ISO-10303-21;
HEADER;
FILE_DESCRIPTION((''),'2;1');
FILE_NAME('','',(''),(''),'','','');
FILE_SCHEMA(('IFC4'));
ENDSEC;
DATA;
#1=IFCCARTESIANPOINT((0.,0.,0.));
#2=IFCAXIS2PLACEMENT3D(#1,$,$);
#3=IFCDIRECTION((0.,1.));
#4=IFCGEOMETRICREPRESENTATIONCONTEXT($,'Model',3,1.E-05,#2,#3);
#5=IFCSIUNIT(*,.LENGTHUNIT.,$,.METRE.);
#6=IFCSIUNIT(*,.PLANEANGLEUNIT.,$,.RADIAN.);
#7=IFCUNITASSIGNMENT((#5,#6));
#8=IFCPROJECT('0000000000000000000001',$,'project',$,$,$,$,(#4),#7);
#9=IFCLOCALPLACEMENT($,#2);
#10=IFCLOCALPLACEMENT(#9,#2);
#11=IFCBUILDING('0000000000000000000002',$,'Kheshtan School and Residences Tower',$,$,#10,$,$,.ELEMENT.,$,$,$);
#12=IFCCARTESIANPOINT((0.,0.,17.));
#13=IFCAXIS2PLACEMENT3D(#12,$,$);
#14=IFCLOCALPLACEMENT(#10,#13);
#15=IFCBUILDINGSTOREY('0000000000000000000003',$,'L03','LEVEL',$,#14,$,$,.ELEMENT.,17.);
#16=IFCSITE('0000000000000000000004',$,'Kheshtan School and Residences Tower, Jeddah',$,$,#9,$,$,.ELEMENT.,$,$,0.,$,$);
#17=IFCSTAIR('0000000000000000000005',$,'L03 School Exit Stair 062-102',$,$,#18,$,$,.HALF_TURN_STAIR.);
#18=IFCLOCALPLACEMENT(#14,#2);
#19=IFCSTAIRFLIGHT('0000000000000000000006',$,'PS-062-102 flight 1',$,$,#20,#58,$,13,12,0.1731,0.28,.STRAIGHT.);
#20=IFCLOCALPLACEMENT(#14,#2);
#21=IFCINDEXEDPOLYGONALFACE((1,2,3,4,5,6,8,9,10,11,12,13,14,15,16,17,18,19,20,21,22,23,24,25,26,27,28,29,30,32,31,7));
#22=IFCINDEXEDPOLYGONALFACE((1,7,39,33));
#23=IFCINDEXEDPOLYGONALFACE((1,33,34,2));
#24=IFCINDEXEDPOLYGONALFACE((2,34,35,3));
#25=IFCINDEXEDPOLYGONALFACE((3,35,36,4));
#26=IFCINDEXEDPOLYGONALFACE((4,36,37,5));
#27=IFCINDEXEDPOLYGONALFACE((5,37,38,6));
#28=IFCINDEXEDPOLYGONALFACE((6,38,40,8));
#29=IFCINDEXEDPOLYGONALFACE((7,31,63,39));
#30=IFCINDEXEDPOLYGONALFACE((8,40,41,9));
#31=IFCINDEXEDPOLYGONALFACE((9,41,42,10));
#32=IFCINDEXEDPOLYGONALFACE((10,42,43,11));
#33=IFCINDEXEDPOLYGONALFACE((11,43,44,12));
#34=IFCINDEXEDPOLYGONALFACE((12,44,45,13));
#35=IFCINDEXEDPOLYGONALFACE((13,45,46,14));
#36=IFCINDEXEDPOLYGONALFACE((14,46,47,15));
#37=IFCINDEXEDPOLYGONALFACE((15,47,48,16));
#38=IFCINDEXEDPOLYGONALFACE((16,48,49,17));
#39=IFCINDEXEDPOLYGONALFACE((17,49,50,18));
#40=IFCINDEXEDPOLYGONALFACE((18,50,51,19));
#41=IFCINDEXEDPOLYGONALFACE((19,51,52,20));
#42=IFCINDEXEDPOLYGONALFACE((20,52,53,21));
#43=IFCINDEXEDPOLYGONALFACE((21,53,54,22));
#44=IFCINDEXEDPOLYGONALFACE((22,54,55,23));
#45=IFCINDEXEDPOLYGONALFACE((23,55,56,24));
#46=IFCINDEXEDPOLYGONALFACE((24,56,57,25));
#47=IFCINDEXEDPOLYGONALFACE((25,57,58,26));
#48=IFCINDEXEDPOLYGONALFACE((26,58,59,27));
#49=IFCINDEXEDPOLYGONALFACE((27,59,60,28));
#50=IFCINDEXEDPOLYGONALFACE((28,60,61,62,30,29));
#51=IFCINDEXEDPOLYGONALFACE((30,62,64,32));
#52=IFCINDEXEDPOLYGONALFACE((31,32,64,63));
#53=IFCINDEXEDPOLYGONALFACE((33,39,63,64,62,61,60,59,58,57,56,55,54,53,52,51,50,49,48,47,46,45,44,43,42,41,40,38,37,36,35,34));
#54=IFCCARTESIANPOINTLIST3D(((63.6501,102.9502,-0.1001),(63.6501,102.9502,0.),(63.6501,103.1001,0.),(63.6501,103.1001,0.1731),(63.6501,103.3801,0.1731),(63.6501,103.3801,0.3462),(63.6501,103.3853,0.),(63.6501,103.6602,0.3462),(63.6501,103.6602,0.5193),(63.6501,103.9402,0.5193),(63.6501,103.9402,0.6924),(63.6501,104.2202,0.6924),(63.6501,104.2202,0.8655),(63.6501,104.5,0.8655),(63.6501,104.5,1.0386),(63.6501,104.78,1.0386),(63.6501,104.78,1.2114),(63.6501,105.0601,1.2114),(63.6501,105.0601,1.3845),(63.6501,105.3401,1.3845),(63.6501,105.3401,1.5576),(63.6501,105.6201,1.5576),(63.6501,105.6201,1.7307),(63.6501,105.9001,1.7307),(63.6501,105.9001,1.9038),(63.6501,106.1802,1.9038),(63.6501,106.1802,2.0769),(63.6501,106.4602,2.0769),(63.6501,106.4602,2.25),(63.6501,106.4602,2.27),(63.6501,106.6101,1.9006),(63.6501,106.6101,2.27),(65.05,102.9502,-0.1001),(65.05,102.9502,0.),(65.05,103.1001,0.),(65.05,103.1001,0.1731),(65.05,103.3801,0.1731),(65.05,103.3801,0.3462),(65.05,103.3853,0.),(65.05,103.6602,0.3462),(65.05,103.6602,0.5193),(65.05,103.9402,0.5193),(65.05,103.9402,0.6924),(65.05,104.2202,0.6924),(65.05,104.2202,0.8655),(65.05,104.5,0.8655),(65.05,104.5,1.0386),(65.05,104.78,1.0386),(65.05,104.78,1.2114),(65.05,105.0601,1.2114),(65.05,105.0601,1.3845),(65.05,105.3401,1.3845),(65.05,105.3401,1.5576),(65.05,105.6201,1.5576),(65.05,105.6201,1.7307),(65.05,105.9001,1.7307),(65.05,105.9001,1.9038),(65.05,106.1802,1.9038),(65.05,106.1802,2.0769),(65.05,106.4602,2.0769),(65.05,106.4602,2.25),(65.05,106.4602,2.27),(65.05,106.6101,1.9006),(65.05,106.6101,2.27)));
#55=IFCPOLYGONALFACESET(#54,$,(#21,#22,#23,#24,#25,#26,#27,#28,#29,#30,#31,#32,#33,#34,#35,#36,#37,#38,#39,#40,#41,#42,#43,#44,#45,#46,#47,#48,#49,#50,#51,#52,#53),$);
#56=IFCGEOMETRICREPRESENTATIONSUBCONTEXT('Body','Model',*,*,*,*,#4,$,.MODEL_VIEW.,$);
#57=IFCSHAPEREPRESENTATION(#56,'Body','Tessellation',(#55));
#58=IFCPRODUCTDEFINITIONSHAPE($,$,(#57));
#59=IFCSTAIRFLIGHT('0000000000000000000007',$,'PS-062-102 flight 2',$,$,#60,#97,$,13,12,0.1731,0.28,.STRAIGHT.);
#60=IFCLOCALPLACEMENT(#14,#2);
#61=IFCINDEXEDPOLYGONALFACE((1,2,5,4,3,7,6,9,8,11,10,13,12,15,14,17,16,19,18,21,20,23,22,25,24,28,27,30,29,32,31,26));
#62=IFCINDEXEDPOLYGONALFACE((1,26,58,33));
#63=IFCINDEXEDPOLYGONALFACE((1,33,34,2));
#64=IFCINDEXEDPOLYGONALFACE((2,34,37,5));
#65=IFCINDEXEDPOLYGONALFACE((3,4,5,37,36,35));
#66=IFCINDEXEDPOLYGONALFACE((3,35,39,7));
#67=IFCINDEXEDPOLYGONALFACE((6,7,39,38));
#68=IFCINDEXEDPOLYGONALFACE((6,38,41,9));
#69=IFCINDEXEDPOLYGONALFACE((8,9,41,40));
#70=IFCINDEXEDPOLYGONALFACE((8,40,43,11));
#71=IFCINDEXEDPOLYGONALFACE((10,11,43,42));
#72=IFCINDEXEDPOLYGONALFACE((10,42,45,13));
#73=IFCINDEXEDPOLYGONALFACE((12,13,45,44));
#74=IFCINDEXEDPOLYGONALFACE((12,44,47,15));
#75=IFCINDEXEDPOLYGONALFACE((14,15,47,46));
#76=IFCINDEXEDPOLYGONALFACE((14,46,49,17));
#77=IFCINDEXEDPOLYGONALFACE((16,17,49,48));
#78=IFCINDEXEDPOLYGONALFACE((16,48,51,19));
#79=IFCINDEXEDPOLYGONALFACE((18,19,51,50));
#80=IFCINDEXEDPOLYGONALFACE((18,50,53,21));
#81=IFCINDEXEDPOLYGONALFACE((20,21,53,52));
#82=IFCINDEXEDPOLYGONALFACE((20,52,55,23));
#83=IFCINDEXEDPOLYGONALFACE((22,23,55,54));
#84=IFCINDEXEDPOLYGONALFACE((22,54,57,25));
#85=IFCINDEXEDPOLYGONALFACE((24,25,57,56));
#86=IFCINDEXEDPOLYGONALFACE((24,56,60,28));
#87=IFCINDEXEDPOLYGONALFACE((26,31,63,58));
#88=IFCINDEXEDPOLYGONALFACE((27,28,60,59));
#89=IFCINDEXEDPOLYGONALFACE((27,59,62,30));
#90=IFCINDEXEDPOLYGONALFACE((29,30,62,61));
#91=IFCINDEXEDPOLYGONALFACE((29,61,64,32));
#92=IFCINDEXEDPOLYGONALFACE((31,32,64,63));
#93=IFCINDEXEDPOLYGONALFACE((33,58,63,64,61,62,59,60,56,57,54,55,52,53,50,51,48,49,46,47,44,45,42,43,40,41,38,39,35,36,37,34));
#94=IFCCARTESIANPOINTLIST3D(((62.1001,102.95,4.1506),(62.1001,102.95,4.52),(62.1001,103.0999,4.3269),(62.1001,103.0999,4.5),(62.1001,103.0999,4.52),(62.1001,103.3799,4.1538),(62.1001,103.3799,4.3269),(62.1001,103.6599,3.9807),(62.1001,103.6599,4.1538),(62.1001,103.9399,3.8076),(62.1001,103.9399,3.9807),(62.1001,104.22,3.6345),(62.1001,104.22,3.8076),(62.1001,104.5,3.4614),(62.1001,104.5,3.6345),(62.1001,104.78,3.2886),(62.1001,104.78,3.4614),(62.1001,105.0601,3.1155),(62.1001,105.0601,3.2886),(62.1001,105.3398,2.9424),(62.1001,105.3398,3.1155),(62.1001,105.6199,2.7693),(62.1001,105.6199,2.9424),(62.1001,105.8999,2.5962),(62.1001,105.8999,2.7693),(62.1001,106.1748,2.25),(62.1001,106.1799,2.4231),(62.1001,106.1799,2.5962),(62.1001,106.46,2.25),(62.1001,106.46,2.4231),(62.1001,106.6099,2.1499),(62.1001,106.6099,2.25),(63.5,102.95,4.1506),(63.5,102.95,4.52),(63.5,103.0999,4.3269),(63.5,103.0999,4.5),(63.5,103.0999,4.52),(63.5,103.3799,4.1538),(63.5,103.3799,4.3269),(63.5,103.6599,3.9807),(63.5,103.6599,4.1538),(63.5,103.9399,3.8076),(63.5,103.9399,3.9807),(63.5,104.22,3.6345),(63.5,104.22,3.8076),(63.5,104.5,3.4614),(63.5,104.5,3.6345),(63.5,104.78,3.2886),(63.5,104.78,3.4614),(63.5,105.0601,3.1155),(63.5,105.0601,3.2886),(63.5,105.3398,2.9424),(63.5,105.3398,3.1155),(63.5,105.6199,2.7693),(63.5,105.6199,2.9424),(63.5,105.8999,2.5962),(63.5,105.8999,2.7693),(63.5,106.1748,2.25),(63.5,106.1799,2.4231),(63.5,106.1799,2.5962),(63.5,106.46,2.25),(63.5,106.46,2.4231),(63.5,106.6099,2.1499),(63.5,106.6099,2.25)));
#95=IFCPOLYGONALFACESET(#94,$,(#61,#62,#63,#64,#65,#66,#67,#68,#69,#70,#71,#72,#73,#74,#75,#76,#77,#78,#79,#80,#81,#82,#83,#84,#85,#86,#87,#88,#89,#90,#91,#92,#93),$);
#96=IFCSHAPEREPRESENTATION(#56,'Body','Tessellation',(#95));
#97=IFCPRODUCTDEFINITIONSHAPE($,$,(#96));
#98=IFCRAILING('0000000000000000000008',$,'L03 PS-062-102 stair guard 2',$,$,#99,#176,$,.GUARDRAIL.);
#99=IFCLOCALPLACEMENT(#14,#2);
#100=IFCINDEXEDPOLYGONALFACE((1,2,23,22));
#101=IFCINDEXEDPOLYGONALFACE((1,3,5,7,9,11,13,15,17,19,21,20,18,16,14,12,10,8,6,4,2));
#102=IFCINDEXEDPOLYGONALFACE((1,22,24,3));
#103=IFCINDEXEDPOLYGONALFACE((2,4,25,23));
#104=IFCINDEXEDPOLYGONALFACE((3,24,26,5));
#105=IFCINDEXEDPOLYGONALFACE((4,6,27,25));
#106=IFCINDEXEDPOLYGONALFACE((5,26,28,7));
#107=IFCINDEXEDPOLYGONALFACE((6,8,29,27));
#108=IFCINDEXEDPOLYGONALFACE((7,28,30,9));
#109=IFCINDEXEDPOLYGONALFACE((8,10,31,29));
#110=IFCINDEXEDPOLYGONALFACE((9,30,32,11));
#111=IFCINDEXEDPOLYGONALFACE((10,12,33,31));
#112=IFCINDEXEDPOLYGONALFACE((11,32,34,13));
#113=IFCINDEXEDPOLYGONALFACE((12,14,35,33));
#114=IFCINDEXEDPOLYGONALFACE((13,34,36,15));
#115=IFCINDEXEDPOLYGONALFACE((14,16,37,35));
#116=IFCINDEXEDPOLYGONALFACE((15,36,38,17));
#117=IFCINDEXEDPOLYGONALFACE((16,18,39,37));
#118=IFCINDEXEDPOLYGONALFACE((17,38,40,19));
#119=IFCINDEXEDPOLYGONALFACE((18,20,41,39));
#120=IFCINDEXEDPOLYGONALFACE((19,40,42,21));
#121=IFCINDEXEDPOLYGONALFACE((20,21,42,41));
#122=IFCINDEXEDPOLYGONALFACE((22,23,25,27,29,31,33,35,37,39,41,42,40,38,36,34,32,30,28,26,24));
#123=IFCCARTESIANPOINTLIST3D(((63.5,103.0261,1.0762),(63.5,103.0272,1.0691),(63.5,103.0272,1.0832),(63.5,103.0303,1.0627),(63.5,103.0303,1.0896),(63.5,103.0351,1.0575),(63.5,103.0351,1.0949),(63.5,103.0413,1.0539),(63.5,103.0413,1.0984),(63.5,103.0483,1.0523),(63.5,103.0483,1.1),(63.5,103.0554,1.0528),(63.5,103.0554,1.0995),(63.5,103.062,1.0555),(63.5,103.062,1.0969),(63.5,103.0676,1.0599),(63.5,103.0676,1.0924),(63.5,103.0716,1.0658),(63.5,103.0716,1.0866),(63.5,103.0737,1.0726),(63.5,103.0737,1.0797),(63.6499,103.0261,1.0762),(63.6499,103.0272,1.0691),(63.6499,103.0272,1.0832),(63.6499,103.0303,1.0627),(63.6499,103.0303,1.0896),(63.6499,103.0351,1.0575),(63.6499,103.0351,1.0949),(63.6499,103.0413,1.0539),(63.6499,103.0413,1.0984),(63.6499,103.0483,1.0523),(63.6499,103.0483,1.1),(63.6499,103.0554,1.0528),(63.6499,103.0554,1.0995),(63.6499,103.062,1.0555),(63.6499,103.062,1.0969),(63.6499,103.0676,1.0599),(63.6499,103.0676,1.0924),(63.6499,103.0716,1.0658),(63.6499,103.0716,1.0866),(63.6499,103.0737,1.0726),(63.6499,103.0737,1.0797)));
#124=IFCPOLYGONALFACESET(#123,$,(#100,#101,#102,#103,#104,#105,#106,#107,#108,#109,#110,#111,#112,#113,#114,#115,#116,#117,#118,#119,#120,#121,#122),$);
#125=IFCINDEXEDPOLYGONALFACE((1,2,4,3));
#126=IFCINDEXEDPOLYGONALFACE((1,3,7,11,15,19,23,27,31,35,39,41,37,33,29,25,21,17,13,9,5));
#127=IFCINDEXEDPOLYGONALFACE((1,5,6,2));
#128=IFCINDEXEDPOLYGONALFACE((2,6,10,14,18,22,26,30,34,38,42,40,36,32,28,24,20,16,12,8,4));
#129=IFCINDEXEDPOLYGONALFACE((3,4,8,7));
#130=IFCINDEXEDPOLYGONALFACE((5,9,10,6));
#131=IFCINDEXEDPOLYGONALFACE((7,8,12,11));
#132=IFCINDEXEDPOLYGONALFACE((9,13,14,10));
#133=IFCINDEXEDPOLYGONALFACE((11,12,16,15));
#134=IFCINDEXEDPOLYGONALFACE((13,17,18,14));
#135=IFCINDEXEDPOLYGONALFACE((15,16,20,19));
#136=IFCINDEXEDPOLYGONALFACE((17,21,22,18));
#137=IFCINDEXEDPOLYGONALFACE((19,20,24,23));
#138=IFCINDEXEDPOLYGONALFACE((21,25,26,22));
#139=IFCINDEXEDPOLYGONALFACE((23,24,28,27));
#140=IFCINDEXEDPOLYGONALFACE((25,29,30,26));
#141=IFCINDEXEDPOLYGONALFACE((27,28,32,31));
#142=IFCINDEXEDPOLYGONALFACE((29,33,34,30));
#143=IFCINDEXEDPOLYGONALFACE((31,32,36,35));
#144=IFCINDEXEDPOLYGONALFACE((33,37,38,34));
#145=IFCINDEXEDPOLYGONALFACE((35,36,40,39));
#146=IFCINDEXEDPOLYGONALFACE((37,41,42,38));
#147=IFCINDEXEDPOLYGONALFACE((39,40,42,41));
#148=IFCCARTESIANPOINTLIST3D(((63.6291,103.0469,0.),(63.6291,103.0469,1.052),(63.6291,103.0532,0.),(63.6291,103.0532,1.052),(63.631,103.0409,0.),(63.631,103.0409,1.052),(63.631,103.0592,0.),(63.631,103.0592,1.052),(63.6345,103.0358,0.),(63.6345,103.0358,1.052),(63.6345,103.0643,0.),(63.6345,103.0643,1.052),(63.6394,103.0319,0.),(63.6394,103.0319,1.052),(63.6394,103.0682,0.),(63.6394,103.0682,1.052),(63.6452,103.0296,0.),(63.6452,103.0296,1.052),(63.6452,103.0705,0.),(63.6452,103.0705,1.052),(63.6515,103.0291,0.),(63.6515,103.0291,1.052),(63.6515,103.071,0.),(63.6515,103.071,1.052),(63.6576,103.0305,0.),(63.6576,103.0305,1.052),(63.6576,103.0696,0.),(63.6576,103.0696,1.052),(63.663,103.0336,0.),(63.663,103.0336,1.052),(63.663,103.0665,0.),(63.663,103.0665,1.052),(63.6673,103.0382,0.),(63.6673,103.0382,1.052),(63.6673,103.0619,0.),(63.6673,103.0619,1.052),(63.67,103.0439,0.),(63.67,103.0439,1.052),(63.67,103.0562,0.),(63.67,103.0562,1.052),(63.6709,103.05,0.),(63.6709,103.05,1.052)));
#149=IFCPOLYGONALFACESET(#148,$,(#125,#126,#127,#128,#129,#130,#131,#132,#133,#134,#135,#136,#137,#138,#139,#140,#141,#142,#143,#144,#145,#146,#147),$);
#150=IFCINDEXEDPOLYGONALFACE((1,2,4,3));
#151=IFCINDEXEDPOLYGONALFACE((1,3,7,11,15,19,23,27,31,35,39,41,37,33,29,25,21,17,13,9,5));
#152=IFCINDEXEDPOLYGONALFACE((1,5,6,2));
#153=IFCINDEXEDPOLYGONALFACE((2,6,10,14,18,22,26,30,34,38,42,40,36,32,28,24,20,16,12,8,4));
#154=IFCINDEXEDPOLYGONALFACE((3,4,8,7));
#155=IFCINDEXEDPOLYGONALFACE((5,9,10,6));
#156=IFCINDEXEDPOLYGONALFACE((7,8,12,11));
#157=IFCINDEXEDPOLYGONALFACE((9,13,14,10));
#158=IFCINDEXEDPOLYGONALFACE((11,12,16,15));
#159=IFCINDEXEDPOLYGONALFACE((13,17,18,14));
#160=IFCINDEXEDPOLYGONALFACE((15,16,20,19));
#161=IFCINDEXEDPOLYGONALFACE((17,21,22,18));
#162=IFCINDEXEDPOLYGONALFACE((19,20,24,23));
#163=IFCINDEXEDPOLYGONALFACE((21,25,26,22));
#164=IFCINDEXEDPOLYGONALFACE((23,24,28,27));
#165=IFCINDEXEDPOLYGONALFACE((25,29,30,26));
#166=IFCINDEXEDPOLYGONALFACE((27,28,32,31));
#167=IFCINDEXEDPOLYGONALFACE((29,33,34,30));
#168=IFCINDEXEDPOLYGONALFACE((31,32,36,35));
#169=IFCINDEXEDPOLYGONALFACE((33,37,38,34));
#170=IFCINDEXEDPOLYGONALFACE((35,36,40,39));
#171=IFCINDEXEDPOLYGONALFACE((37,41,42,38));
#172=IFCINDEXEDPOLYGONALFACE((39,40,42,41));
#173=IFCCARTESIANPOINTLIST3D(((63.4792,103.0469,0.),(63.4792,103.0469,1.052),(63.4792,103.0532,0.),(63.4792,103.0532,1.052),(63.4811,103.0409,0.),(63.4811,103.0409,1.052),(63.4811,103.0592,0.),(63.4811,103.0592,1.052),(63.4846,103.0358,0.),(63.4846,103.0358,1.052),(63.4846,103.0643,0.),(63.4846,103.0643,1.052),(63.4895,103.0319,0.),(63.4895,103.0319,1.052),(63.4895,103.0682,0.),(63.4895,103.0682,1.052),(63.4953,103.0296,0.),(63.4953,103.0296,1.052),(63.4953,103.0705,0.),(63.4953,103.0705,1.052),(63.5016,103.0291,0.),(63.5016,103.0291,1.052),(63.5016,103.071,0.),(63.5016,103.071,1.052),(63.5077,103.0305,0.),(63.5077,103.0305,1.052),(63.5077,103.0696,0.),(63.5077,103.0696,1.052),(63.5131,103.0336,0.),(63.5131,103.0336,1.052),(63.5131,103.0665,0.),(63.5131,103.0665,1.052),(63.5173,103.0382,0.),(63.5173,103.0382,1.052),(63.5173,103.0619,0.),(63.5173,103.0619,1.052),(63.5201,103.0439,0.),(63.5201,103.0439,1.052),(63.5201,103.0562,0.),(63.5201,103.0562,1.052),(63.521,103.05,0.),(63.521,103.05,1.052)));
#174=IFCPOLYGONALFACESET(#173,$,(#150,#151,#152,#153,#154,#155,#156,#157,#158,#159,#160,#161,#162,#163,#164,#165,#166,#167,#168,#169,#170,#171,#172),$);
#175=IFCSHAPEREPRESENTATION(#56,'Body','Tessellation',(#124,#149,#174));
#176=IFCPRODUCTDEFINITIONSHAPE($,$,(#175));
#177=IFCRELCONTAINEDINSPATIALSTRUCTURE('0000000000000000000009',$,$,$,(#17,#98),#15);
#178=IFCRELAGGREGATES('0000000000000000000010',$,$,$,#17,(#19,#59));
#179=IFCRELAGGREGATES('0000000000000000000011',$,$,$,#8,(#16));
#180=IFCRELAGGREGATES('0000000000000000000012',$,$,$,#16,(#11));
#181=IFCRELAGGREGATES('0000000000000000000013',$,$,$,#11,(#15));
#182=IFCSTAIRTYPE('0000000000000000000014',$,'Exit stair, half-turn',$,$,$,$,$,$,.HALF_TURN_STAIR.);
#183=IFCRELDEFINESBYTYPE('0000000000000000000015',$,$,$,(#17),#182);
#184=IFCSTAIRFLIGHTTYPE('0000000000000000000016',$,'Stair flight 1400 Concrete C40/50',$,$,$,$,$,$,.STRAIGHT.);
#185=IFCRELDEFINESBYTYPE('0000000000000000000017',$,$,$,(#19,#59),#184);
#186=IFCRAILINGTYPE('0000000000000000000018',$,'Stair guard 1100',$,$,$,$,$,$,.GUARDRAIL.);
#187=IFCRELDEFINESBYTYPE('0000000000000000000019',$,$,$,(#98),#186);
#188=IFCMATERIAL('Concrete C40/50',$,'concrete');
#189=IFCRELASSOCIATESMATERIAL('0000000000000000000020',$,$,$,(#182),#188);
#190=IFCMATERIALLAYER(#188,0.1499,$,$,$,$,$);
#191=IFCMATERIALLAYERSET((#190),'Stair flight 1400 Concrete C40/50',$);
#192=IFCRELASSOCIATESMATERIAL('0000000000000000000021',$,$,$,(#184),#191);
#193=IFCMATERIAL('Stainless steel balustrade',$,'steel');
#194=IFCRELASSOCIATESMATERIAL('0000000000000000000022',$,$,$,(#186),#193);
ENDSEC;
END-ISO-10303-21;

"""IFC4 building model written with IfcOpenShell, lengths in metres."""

from ifc_helpers import new_model, si_unit, direction, frame, origin, origin_2d, place, context, subcontext, project, spatial, polyline, circle, outline, extrude, material, layer, layer_set, type_object, element, aggregate, save


model = new_model("IFC4")

# Units and contexts
model_context = context("Model", 3, precision=1e-05, world=origin(), true_north=direction((0.0, 1.0)))
body_context = subcontext(model_context, "Body", "Model", "MODEL_VIEW")
ifc_project = project(units=[si_unit("LENGTHUNIT", "METRE"), si_unit("PLANEANGLEUNIT", "RADIAN")], contexts=[model_context])

# Site, building, storey
site_placement = place(None, origin())
site = spatial("IfcSite", under=ifc_project, at=site_placement, Name="Kheshtan School and Residences Tower, Jeddah", CompositionType="ELEMENT", RefElevation=0.0)
building_placement = place(site_placement, origin())
building = spatial("IfcBuilding", under=site, at=building_placement, Name="Kheshtan School and Residences Tower", CompositionType="ELEMENT")
storey_placement = place(building_placement, frame((0.0, 0.0, 17.0)))
storey = spatial("IfcBuildingStorey", under=building, at=storey_placement, Name="L03", Description="LEVEL", CompositionType="ELEMENT", Elevation=17.0)

# Shared definitions
ifc_material_1 = material(Name="Concrete C40/50", Category="concrete")

# Stair, stair flights
stair_type = type_object("IfcStairType", Name="Exit stair, half-turn", PredefinedType="HALF_TURN_STAIR", material=ifc_material_1)
stair_placement = place(storey_placement, origin())
stair = element("IfcStair", 1, at=stair_placement, inside=storey, type_object=stair_type, Name="L03 School Exit Stair 062-102", PredefinedType="HALF_TURN_STAIR")
ifc_layer_1 = layer(ifc_material_1, 0.1499)
ifc_layer_set_1 = layer_set([ifc_layer_1], Name="Stair flight 1400 Concrete C40/50")
stair_flight_type = type_object("IfcStairFlightType", Name="Stair flight 1400 Concrete C40/50", PredefinedType="STRAIGHT", material=ifc_layer_set_1)
stair_flight_1_placement = place(storey_placement, frame((64.3501, 103.1001, 0.0), z_axis=(0.0, 0.0, 1.0), x_axis=(0.0, 1.0, 0.0)))
stair_flight_1 = element("IfcStairFlight", 2, at=stair_flight_1_placement, type_object=stair_flight_type, Name="PS-062-102 flight 1", NumberOfRisers=13, NumberOfTreads=12, PredefinedType="STRAIGHT", RiserHeight=0.1731, TreadLength=0.28, context=body_context, shape_type="SweptSolid", body=[
    extrude(outline(polyline([(-0.1499, -0.1001), (-0.1499, 0.0), (0.0, 0.0), (0.0, 0.1731), (0.28, 0.1731), (0.28, 0.3462), (0.5601, 0.3462), (0.5601, 0.5193), (0.8401, 0.5193), (0.8401, 0.6924), (1.1201, 0.6924), (1.1201, 0.8655), (1.3999, 0.8655), (1.3999, 1.0386), (1.6799, 1.0386), (1.6799, 1.2114), (1.96, 1.2114), (1.96, 1.3845), (2.24, 1.3845), (2.24, 1.5576), (2.52, 1.5576), (2.52, 1.7307), (2.8, 1.7307), (2.8, 1.9038), (3.0801, 1.9038), (3.0801, 2.0769), (3.3601, 2.0769), (3.3601, 2.25), (3.3601, 2.27), (3.51, 2.27), (3.51, 1.9006), (0.2852, 0.0), (-0.1499, -0.1001)])), frame((0.0, 0.7, 0.0), z_axis=(0.0, -1.0, 0.0), x_axis=(1.0, 0.0, 0.0)), (0.0, 0.0, 1.0), 1.3999),
])
stair_flight_2_placement = place(storey_placement, frame((62.8, 106.46, 2.25), z_axis=(0.0, 0.0, 1.0), x_axis=(0.0, -1.0, 0.0)))
stair_flight_2 = element("IfcStairFlight", 3, at=stair_flight_2_placement, type_object=stair_flight_type, Name="PS-062-102 flight 2", NumberOfRisers=13, NumberOfTreads=12, PredefinedType="STRAIGHT", RiserHeight=0.1731, TreadLength=0.28, context=body_context, shape_type="SweptSolid", body=[
    extrude(outline(polyline([(-0.1499, -0.1001), (-0.1499, 0.0), (0.0, 0.0), (0.0, 0.1731), (0.28, 0.1731), (0.28, 0.3462), (0.5601, 0.3462), (0.5601, 0.5193), (0.8401, 0.5193), (0.8401, 0.6924), (1.1201, 0.6924), (1.1201, 0.8655), (1.3999, 0.8655), (1.3999, 1.0386), (1.6799, 1.0386), (1.6799, 1.2114), (1.96, 1.2114), (1.96, 1.3845), (2.24, 1.3845), (2.24, 1.5576), (2.52, 1.5576), (2.52, 1.7307), (2.8, 1.7307), (2.8, 1.9038), (3.0801, 1.9038), (3.0801, 2.0769), (3.3601, 2.0769), (3.3601, 2.25), (3.3601, 2.27), (3.51, 2.27), (3.51, 1.9006), (0.2852, 0.0), (-0.1499, -0.1001)])), frame((0.0, 0.7, 0.0), z_axis=(0.0, -1.0, 0.0), x_axis=(1.0, 0.0, 0.0)), (0.0, 0.0, 1.0), 1.3999),
])
aggregate(stair, [stair_flight_1, stair_flight_2])

# Railing
ifc_material_2 = material(Name="Stainless steel balustrade", Category="steel")
railing_type_1 = type_object("IfcRailingType", Name="Stair guard 1100", PredefinedType="GUARDRAIL", material=ifc_material_2)
railing_1_placement = place(storey_placement, frame((63.6499, 103.05, 0.0)))
element("IfcRailing", 4, at=railing_1_placement, inside=storey, type_object=railing_type_1, Name="L03 PS-062-102 stair guard 2", PredefinedType="GUARDRAIL", context=body_context, shape_type="SweptSolid", body=[
    extrude(circle(Radius=0.0239, at=origin_2d()), frame((0.0, 0.0, 1.0762), z_axis=(-1.0, 0.0, 0.0), x_axis=(0.0, -1.0, 0.0)), (0.0, 0.0, 1.0), 0.1499),
    extrude(circle(Radius=0.021, at=origin_2d()), origin(), (0.0, 0.0, 1.0), 1.052),
    extrude(circle(Radius=0.021, at=origin_2d()), frame((-0.1499, 0.0, 0.0)), (0.0, 0.0, 1.0), 1.052),
])

save(model, "model.ifc")
